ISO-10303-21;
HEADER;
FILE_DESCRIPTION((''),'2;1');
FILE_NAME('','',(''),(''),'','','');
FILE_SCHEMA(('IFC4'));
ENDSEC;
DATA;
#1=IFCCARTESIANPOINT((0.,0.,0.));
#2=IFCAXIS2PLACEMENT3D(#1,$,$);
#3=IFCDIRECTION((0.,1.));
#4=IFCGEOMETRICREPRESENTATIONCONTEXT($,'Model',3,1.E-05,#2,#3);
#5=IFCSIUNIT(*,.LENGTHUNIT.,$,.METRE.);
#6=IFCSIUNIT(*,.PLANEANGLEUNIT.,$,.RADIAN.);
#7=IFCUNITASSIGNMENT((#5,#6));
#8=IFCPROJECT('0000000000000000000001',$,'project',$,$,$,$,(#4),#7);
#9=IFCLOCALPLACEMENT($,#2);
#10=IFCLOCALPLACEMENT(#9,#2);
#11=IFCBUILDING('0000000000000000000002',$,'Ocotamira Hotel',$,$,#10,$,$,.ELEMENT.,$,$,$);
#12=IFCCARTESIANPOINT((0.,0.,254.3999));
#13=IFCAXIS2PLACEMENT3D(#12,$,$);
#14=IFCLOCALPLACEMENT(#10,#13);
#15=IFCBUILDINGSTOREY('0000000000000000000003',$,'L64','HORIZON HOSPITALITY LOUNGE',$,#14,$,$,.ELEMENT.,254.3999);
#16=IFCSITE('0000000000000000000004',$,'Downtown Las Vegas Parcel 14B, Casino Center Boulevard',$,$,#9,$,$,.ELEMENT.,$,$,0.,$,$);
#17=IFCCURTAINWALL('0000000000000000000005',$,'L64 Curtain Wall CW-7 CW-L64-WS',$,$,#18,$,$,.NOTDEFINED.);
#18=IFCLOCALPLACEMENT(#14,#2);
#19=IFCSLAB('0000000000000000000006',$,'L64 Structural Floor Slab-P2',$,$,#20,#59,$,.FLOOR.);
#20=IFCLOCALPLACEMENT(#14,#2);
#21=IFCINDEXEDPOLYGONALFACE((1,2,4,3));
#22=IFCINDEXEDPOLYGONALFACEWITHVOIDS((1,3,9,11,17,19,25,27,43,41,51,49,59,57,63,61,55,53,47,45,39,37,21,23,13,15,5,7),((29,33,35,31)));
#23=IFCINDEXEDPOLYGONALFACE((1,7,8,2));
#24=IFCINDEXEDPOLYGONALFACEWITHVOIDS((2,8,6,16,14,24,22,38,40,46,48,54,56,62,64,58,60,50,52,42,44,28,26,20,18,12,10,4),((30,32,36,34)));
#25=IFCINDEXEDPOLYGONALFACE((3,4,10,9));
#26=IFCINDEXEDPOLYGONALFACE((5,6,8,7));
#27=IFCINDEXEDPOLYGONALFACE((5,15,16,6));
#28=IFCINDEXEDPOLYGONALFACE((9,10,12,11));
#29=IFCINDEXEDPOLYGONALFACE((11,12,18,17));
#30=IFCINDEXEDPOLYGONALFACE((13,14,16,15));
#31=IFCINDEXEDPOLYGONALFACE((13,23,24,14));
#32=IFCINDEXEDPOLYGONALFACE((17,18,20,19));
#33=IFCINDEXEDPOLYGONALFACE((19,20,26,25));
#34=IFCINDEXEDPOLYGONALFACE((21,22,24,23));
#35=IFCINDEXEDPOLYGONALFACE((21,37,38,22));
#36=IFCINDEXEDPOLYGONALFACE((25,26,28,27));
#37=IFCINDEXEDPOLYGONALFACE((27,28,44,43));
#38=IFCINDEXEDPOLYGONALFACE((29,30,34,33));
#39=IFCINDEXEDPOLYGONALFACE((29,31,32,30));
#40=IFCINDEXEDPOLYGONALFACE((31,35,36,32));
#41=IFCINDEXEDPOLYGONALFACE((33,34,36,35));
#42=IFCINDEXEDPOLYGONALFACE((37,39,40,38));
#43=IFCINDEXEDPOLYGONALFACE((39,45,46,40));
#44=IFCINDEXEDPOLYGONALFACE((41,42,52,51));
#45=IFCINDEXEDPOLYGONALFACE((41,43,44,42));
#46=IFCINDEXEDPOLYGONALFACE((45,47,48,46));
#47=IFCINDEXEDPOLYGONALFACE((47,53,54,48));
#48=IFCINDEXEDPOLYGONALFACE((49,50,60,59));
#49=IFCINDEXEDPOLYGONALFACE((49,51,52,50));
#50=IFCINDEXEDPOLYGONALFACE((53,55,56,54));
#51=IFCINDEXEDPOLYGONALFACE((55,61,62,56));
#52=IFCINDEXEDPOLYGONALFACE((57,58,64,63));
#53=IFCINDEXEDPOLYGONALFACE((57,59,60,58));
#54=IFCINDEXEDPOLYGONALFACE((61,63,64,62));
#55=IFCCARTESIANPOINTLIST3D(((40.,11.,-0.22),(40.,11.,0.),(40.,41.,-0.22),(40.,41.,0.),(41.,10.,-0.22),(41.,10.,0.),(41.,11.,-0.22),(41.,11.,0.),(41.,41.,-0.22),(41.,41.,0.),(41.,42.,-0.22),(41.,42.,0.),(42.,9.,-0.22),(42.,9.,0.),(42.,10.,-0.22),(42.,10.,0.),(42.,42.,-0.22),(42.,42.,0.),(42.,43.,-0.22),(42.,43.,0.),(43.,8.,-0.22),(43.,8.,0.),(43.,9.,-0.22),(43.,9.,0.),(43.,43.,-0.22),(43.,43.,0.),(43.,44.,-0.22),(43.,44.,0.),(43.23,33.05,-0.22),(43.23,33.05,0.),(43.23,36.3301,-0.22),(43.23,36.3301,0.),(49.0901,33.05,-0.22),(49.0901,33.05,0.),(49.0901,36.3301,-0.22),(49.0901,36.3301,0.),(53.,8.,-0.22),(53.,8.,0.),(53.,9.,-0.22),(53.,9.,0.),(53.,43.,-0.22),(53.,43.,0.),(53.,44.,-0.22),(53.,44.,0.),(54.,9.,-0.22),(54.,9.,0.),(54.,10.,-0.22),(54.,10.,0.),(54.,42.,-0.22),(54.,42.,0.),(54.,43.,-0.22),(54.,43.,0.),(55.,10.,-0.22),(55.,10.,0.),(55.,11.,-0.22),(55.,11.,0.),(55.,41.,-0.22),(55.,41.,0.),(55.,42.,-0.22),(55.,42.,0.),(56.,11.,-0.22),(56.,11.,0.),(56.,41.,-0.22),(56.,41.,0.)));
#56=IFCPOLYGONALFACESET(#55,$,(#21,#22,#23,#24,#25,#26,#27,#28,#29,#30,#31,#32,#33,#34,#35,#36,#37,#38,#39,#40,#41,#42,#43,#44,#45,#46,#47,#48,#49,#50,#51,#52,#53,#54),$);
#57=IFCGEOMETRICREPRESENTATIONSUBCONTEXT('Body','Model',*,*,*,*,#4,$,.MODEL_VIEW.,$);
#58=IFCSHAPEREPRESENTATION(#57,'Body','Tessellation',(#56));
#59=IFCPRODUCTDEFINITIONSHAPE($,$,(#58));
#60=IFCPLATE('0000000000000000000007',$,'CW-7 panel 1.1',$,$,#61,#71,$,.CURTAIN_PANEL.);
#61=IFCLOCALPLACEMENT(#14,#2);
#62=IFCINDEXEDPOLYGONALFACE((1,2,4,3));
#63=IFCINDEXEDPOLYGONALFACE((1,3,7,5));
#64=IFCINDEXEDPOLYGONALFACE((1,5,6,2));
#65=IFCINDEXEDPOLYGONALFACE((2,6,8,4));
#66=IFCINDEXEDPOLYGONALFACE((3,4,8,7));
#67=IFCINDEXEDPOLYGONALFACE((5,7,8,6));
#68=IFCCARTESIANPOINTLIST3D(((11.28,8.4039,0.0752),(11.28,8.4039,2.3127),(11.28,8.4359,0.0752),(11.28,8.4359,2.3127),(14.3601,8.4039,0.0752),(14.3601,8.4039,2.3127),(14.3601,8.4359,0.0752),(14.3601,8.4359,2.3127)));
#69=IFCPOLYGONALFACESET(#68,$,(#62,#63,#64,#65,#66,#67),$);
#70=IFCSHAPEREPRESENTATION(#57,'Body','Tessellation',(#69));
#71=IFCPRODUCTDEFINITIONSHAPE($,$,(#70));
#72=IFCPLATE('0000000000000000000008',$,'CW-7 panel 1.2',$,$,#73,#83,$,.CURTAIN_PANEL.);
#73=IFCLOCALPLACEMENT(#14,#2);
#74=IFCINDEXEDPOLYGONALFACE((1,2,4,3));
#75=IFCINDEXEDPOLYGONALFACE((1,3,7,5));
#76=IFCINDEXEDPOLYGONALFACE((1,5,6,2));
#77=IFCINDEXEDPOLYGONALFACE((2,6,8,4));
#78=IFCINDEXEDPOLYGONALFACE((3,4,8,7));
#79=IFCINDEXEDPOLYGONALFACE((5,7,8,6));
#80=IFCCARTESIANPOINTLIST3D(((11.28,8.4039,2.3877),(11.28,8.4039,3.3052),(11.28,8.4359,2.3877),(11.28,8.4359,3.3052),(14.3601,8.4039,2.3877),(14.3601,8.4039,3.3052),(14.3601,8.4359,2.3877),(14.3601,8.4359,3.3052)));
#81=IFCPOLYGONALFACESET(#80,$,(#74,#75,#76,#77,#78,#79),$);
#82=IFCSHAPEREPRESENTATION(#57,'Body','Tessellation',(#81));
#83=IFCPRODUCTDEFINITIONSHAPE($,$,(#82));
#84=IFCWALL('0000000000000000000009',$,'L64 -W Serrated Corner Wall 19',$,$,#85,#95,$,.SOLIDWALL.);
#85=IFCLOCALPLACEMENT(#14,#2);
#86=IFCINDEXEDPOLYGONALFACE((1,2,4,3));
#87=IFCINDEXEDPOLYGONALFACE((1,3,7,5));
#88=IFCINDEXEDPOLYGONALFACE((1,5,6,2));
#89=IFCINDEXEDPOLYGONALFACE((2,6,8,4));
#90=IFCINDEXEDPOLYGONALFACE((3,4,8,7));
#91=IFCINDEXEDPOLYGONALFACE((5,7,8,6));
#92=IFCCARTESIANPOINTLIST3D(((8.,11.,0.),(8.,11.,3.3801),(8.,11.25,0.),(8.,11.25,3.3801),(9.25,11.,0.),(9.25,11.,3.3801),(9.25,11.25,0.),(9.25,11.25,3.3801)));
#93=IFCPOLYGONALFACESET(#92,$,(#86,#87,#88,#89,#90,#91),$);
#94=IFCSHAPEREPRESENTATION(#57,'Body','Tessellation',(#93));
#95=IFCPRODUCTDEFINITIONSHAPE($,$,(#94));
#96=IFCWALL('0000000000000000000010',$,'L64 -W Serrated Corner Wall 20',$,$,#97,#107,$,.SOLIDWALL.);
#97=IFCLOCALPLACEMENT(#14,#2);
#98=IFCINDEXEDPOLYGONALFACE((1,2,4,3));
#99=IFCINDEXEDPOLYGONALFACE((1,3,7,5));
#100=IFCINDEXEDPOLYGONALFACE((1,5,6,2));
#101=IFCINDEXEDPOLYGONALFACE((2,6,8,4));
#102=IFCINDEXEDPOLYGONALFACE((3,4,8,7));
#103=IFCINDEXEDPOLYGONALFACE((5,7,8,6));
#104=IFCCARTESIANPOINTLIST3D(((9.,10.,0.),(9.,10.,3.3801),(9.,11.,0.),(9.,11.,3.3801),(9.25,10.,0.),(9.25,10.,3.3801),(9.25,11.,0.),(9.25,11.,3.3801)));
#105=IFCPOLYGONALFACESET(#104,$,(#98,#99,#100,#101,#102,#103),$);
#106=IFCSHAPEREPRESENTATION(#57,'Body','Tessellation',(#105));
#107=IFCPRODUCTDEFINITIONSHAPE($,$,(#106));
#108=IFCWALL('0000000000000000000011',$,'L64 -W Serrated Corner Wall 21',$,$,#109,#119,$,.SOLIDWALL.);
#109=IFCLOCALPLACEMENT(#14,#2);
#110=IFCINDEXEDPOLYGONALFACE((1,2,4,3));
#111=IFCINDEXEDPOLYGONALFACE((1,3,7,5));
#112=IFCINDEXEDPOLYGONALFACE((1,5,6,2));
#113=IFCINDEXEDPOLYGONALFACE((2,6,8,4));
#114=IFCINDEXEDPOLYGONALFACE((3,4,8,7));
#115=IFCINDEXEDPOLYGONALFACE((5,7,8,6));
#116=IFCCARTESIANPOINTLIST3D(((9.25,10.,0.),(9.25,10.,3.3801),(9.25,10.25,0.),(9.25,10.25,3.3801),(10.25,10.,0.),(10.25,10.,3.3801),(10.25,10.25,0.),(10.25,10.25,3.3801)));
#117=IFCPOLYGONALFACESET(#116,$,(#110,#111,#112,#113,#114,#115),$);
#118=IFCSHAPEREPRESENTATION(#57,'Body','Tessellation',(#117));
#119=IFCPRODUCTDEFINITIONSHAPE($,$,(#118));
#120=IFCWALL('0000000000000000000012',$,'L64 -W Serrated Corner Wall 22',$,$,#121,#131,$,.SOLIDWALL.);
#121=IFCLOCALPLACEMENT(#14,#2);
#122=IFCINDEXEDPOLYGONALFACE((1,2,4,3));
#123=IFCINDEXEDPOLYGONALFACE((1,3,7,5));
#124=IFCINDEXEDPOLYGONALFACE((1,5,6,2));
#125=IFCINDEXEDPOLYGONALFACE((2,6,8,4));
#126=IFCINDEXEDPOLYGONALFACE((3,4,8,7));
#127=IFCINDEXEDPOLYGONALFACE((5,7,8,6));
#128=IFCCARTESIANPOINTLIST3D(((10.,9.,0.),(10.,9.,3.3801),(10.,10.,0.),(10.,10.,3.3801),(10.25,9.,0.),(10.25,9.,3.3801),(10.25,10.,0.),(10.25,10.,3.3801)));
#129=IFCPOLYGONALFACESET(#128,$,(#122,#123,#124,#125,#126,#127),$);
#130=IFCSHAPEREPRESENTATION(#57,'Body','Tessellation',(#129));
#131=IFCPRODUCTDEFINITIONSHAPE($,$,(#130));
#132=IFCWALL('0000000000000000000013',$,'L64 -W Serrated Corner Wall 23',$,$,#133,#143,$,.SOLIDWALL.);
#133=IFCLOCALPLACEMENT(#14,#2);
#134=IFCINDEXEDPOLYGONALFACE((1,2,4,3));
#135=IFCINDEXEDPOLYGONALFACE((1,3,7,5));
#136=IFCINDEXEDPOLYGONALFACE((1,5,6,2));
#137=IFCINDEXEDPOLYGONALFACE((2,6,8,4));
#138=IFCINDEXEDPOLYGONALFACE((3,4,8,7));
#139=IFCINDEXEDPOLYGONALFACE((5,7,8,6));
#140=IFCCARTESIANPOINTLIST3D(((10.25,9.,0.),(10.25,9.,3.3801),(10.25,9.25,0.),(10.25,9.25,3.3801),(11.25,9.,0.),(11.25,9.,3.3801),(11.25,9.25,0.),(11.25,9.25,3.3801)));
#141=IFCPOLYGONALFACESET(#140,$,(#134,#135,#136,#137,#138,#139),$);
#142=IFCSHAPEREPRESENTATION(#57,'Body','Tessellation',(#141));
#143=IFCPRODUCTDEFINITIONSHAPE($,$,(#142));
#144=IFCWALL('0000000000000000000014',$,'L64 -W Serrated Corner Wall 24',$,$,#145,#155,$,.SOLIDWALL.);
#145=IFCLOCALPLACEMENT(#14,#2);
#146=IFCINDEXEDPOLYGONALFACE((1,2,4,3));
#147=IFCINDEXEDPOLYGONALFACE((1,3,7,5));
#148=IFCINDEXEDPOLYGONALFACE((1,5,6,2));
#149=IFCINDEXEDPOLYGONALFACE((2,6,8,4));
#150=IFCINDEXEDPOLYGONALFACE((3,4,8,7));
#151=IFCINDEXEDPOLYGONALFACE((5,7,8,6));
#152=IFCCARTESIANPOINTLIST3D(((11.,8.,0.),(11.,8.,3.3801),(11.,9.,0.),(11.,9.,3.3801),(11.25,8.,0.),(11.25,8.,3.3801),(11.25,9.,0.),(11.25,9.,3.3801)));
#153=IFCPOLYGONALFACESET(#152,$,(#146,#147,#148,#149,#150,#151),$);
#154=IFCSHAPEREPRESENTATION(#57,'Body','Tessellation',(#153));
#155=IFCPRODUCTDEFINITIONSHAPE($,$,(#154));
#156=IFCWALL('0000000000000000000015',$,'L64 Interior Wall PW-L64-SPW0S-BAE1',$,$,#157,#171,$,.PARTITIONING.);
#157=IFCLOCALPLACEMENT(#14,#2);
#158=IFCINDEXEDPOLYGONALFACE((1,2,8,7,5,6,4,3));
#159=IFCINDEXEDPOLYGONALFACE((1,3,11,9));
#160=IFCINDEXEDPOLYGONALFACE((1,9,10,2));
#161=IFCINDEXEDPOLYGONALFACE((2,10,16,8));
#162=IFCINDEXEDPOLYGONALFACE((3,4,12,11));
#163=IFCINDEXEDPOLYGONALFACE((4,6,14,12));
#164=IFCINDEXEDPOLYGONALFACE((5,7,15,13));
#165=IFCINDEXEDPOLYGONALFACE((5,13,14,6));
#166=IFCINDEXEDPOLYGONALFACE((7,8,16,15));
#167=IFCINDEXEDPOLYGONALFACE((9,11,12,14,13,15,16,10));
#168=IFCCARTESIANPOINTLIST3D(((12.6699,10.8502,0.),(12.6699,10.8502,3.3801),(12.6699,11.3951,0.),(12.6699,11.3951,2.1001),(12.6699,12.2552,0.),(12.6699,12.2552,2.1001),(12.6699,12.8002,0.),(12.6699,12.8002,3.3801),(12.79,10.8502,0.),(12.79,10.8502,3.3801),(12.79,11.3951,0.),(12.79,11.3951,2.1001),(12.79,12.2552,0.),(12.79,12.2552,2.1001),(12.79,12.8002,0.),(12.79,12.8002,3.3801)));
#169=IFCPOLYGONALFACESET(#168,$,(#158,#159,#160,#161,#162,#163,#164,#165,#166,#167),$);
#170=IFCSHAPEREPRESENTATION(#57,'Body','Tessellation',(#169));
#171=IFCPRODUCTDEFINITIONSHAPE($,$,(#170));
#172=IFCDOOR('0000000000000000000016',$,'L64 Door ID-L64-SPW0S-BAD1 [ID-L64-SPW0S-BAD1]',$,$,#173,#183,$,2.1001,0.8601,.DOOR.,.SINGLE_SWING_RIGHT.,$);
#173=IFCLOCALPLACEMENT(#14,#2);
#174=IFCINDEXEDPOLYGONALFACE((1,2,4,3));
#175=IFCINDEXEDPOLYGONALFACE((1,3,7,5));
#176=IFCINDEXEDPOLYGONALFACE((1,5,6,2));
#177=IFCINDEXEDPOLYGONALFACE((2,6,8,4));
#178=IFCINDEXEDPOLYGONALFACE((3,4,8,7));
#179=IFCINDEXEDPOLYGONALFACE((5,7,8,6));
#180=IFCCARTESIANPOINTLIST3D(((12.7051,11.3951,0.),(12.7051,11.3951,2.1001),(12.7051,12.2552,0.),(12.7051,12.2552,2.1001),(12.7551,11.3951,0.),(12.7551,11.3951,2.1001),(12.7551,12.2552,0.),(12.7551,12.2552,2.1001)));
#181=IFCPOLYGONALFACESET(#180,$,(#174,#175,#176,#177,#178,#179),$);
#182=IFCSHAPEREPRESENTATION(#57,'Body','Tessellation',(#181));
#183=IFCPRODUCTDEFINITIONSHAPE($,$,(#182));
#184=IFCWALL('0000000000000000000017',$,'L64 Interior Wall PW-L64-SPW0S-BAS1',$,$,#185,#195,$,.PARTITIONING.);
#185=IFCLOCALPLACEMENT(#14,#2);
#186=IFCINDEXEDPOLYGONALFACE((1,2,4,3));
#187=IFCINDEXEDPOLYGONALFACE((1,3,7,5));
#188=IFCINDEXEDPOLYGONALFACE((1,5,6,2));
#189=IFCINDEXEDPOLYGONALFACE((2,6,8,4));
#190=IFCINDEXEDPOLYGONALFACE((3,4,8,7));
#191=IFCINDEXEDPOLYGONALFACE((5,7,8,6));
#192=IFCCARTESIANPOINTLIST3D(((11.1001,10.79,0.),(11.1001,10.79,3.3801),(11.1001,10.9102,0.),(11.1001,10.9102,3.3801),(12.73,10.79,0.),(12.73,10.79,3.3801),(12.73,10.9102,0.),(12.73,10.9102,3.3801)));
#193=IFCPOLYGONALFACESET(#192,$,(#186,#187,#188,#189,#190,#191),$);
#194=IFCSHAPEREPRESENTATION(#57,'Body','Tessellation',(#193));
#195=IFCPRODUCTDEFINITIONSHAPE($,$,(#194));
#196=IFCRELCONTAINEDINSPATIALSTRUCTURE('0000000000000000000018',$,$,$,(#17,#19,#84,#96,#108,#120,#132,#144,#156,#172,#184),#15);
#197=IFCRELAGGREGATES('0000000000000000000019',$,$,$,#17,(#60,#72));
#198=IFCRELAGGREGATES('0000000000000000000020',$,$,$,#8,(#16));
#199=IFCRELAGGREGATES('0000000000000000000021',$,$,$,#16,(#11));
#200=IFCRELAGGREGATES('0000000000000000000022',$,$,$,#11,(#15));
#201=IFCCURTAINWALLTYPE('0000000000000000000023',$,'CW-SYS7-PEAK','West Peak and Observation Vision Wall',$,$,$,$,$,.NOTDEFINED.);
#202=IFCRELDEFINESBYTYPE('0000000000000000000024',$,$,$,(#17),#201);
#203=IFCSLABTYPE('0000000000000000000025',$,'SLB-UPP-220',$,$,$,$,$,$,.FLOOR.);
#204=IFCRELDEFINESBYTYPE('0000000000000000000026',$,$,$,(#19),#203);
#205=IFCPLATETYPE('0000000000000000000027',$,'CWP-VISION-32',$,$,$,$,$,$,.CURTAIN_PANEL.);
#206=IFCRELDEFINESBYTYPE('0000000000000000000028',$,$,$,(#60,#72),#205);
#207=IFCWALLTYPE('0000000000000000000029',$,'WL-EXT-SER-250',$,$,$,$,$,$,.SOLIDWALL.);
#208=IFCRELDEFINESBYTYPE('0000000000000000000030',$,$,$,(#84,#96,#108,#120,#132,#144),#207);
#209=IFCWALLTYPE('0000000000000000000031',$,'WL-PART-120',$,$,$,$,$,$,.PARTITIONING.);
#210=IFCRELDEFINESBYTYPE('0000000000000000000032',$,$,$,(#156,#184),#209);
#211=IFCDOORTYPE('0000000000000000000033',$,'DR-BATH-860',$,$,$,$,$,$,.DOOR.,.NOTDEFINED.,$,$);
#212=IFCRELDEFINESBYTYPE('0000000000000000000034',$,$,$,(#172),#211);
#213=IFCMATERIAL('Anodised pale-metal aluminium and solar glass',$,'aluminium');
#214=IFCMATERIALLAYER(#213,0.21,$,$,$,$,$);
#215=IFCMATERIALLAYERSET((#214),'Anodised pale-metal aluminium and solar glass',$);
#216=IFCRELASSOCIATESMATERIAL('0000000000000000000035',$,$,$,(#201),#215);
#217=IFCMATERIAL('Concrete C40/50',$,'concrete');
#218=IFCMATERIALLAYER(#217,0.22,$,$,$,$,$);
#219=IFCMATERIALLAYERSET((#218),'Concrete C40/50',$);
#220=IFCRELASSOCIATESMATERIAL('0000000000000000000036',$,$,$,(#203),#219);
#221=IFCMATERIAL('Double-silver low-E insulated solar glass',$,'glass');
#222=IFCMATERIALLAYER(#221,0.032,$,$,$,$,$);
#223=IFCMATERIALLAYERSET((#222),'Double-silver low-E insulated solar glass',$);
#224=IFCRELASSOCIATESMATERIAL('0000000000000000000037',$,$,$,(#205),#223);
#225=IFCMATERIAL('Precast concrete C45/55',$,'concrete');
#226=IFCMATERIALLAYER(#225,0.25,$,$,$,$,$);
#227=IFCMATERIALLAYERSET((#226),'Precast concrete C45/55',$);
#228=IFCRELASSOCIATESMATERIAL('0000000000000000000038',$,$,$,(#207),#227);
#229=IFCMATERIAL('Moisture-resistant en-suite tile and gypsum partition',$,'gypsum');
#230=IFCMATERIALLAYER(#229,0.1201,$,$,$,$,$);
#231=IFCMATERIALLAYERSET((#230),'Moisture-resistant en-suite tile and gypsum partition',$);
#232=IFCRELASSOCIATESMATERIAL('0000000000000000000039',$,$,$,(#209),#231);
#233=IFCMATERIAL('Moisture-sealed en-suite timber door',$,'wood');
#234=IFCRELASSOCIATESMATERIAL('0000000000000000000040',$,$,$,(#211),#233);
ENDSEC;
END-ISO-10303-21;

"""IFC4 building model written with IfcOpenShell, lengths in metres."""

from ifc_helpers import new_model, si_unit, direction, frame, frame_2d, origin, origin_2d, place, context, subcontext, project, spatial, polyline, rectangle, outline, extrude, source, transform, mapped, material, layer, layer_set, type_object, element, fill, aggregate, save


model = new_model("IFC4")

# Units and contexts
model_context = context("Model", 3, precision=1e-05, world=origin(), true_north=direction((0.0, 1.0)))
body_context = subcontext(model_context, "Body", "Model", "MODEL_VIEW")
ifc_project = project(units=[si_unit("LENGTHUNIT", "METRE"), si_unit("PLANEANGLEUNIT", "RADIAN")], contexts=[model_context])

# Site, building, storey
site_placement = place(None, origin())
site = spatial("IfcSite", under=ifc_project, at=site_placement, Name="Downtown Las Vegas Parcel 14B, Casino Center Boulevard", CompositionType="ELEMENT", RefElevation=0.0)
building_placement = place(site_placement, origin())
building = spatial("IfcBuilding", under=site, at=building_placement, Name="Ocotamira Hotel", CompositionType="ELEMENT")
storey_placement = place(building_placement, frame((0.0, 0.0, 254.3999)))
storey = spatial("IfcBuildingStorey", under=building, at=storey_placement, Name="L64", Description="HORIZON HOSPITALITY LOUNGE", CompositionType="ELEMENT", Elevation=254.3999)

# Curtain wall
ifc_material_1 = material(Name="Anodised pale-metal aluminium and solar glass", Category="aluminium")
ifc_layer_1 = layer(ifc_material_1, 0.21)
ifc_layer_set_1 = layer_set([ifc_layer_1], Name="Anodised pale-metal aluminium and solar glass")
curtain_wall_type = type_object("IfcCurtainWallType", Name="CW-SYS7-PEAK", Description="West Peak and Observation Vision Wall", PredefinedType="NOTDEFINED", material=ifc_layer_set_1)
curtain_wall_1_placement = place(storey_placement, origin())
curtain_wall_1 = element("IfcCurtainWall", 1, at=curtain_wall_1_placement, inside=storey, type_object=curtain_wall_type, Name="L64 Curtain Wall CW-7 CW-L64-WS", PredefinedType="NOTDEFINED")

# Shared definitions
ifc_material_2 = material(Name="Concrete C40/50", Category="concrete")

# Slab
ifc_layer_2 = layer(ifc_material_2, 0.22)
ifc_layer_set_2 = layer_set([ifc_layer_2], Name="Concrete C40/50")
slab_type_1 = type_object("IfcSlabType", Name="SLB-UPP-220", PredefinedType="FLOOR", material=ifc_layer_set_2)
slab_1_placement = place(storey_placement, frame((0.0, 0.0, -0.22)))
element("IfcSlab", 2, at=slab_1_placement, inside=storey, type_object=slab_type_1, Name="L64 Structural Floor Slab-P2", PredefinedType="FLOOR", context=body_context, shape_type="SweptSolid", body=[
    extrude(outline(polyline([(43.0, 8.0), (53.0, 8.0), (53.0, 9.0), (54.0, 9.0), (54.0, 10.0), (55.0, 10.0), (55.0, 11.0), (56.0, 11.0), (56.0, 41.0), (55.0, 41.0), (55.0, 42.0), (54.0, 42.0), (54.0, 43.0), (53.0, 43.0), (53.0, 44.0), (43.0, 44.0), (43.0, 43.0), (42.0, 43.0), (42.0, 42.0), (41.0, 42.0), (41.0, 41.0), (40.0, 41.0), (40.0, 11.0), (41.0, 11.0), (41.0, 10.0), (42.0, 10.0), (42.0, 9.0), (43.0, 9.0), (43.0, 8.0)]), holes=[polyline([(43.23, 33.05), (49.0901, 33.05), (49.0901, 36.3301), (43.23, 36.3301), (43.23, 33.05)])]), origin(), (0.0, 0.0, 1.0), 0.22),
])

# Plates
ifc_material_3 = material(Name="Double-silver low-E insulated solar glass", Category="glass")
ifc_layer_3 = layer(ifc_material_3, 0.032)
ifc_layer_set_3 = layer_set([ifc_layer_3], Name="Double-silver low-E insulated solar glass")
plate_type = type_object("IfcPlateType", Name="CWP-VISION-32", PredefinedType="CURTAIN_PANEL", material=ifc_layer_set_3)
shared_shape_1 = source(origin(), body_context, "Body", "SweptSolid", [
    extrude(rectangle(XDim=3.0801, YDim=0.032, at=origin_2d()), origin(), (0.0, 0.0, 1.0), 2.2375),
])
plate_1_placement = place(storey_placement, frame((12.8201, 8.4199, 0.0752), z_axis=(0.0, 0.0, 1.0), x_axis=(1.0, 0.0, 0.0)))
plate_1 = element("IfcPlate", 3, at=plate_1_placement, type_object=plate_type, Name="CW-7 panel 1.1", PredefinedType="CURTAIN_PANEL", context=body_context, shape_type="MappedRepresentation", body=[
    mapped(shared_shape_1, transform((0.0, 0.0, 0.0), scale=1.0)),
])
shared_shape_2 = source(origin(), body_context, "Body", "SweptSolid", [
    extrude(rectangle(XDim=3.0801, YDim=0.032, at=origin_2d()), origin(), (0.0, 0.0, 1.0), 0.9175),
])
plate_2_placement = place(storey_placement, frame((12.8201, 8.4199, 2.3877), z_axis=(0.0, 0.0, 1.0), x_axis=(1.0, 0.0, 0.0)))
plate_2 = element("IfcPlate", 4, at=plate_2_placement, type_object=plate_type, Name="CW-7 panel 1.2", PredefinedType="CURTAIN_PANEL", context=body_context, shape_type="MappedRepresentation", body=[
    mapped(shared_shape_2, transform((0.0, 0.0, 0.0), scale=1.0)),
])
aggregate(curtain_wall_1, [plate_1, plate_2])

# Walls
ifc_material_4 = material(Name="Precast concrete C45/55", Category="concrete")
ifc_layer_4 = layer(ifc_material_4, 0.25)
ifc_layer_set_4 = layer_set([ifc_layer_4], Name="Precast concrete C45/55")
wall_type_1 = type_object("IfcWallType", Name="WL-EXT-SER-250", PredefinedType="SOLIDWALL", material=ifc_layer_set_4)
wall_1_placement = place(storey_placement, frame((8.0, 11.125, 0.0), z_axis=(0.0, 0.0, 1.0), x_axis=(1.0, 0.0, 0.0)))
element("IfcWall", 5, at=wall_1_placement, inside=storey, type_object=wall_type_1, Name="L64 -W Serrated Corner Wall 19", PredefinedType="SOLIDWALL", context=body_context, shape_type="SweptSolid", body=[
    extrude(rectangle(XDim=1.25, YDim=0.25, at=frame_2d((0.625, 0.0))), origin(), (0.0, 0.0, 1.0), 3.3801),
])
for number, where, z_axis, x_axis, name in (
    (6, (9.125, 11.0, 0.0), (0.0, 0.0, 1.0), (0.0, -1.0, 0.0), "L64 -W Serrated Corner Wall 20"),
    (7, (9.25, 10.125, 0.0), (0.0, 0.0, 1.0), (1.0, 0.0, 0.0), "L64 -W Serrated Corner Wall 21"),
    (8, (10.125, 10.0, 0.0), (0.0, 0.0, 1.0), (0.0, -1.0, 0.0), "L64 -W Serrated Corner Wall 22"),
    (9, (10.25, 9.125, 0.0), (0.0, 0.0, 1.0), (1.0, 0.0, 0.0), "L64 -W Serrated Corner Wall 23"),
    (10, (11.125, 9.0, 0.0), (0.0, 0.0, 1.0), (0.0, -1.0, 0.0), "L64 -W Serrated Corner Wall 24"),
):
    element("IfcWall", number, at=place(storey_placement, frame(where, z_axis=z_axis, x_axis=x_axis)), inside=storey, type_object=wall_type_1, Name=name, PredefinedType="SOLIDWALL", context=body_context, shape_type="SweptSolid", body=[
        extrude(rectangle(XDim=1.0, YDim=0.25, at=frame_2d((0.5, 0.0))), origin(), (0.0, 0.0, 1.0), 3.3801),
    ])

# Wall, opening, door
ifc_material_5 = material(Name="Moisture-resistant en-suite tile and gypsum partition", Category="gypsum")
ifc_layer_5 = layer(ifc_material_5, 0.1201)
ifc_layer_set_5 = layer_set([ifc_layer_5], Name="Moisture-resistant en-suite tile and gypsum partition")
wall_type_2 = type_object("IfcWallType", Name="WL-PART-120", PredefinedType="PARTITIONING", material=ifc_layer_set_5)
wall_2_placement = place(storey_placement, frame((12.73, 10.8501, 0.0), z_axis=(0.0, 0.0, 1.0), x_axis=(0.0, 1.0, 0.0)))
wall_2 = element("IfcWall", 11, at=wall_2_placement, inside=storey, type_object=wall_type_2, Name="L64 Interior Wall PW-L64-SPW0S-BAE1", PredefinedType="PARTITIONING", context=body_context, shape_type="SweptSolid", body=[
    extrude(rectangle(XDim=1.95, YDim=0.1201, at=frame_2d((0.9751, 0.0))), origin(), (0.0, 0.0, 1.0), 3.3801),
])
opening_placement = place(wall_2_placement, frame((0.5449, 0.0, 0.0)))
opening = element("IfcOpeningElement", 12, at=opening_placement, cuts=wall_2, PredefinedType="OPENING", context=body_context, shape_type="SweptSolid", body=[
    extrude(rectangle(XDim=0.8601, YDim=2.1001, at=frame_2d((0.4302, 1.05))), frame((0.0, 0.0701, 0.0), z_axis=(0.0, -1.0, 0.0), x_axis=(1.0, 0.0, 0.0)), (0.0, 0.0, 1.0), 0.1401),
])
ifc_material_6 = material(Name="Moisture-sealed en-suite timber door", Category="wood")
door_type = type_object("IfcDoorType", Name="DR-BATH-860", OperationType="NOTDEFINED", PredefinedType="DOOR", material=ifc_material_6)
shared_shape_3 = source(origin(), body_context, "Body", "SweptSolid", [
    extrude(rectangle(XDim=0.8601, YDim=2.1001, at=frame_2d((0.4302, 1.05))), frame((0.0, 0.0249, 0.0), z_axis=(0.0, -1.0, 0.0), x_axis=(1.0, 0.0, 0.0)), (0.0, 0.0, 1.0), 0.05),
])
door_placement = place(opening_placement, origin())
door = element("IfcDoor", 13, at=door_placement, inside=storey, type_object=door_type, Name="L64 Door ID-L64-SPW0S-BAD1 [ID-L64-SPW0S-BAD1]", OperationType="SINGLE_SWING_RIGHT", OverallHeight=2.1001, OverallWidth=0.8601, PredefinedType="DOOR", context=body_context, shape_type="MappedRepresentation", body=[
    mapped(shared_shape_3, transform((0.0, 0.0, 0.0), scale=1.0)),
])
fill(opening, door)

# Wall
wall_3_placement = place(storey_placement, frame((11.1001, 10.8501, 0.0), z_axis=(0.0, 0.0, 1.0), x_axis=(1.0, 0.0, 0.0)))
element("IfcWall", 14, at=wall_3_placement, inside=storey, type_object=wall_type_2, Name="L64 Interior Wall PW-L64-SPW0S-BAS1", PredefinedType="PARTITIONING", context=body_context, shape_type="SweptSolid", body=[
    extrude(rectangle(XDim=1.6299, YDim=0.1201, at=frame_2d((0.8149, 0.0))), origin(), (0.0, 0.0, 1.0), 3.3801),
])

save(model, "model.ifc")
